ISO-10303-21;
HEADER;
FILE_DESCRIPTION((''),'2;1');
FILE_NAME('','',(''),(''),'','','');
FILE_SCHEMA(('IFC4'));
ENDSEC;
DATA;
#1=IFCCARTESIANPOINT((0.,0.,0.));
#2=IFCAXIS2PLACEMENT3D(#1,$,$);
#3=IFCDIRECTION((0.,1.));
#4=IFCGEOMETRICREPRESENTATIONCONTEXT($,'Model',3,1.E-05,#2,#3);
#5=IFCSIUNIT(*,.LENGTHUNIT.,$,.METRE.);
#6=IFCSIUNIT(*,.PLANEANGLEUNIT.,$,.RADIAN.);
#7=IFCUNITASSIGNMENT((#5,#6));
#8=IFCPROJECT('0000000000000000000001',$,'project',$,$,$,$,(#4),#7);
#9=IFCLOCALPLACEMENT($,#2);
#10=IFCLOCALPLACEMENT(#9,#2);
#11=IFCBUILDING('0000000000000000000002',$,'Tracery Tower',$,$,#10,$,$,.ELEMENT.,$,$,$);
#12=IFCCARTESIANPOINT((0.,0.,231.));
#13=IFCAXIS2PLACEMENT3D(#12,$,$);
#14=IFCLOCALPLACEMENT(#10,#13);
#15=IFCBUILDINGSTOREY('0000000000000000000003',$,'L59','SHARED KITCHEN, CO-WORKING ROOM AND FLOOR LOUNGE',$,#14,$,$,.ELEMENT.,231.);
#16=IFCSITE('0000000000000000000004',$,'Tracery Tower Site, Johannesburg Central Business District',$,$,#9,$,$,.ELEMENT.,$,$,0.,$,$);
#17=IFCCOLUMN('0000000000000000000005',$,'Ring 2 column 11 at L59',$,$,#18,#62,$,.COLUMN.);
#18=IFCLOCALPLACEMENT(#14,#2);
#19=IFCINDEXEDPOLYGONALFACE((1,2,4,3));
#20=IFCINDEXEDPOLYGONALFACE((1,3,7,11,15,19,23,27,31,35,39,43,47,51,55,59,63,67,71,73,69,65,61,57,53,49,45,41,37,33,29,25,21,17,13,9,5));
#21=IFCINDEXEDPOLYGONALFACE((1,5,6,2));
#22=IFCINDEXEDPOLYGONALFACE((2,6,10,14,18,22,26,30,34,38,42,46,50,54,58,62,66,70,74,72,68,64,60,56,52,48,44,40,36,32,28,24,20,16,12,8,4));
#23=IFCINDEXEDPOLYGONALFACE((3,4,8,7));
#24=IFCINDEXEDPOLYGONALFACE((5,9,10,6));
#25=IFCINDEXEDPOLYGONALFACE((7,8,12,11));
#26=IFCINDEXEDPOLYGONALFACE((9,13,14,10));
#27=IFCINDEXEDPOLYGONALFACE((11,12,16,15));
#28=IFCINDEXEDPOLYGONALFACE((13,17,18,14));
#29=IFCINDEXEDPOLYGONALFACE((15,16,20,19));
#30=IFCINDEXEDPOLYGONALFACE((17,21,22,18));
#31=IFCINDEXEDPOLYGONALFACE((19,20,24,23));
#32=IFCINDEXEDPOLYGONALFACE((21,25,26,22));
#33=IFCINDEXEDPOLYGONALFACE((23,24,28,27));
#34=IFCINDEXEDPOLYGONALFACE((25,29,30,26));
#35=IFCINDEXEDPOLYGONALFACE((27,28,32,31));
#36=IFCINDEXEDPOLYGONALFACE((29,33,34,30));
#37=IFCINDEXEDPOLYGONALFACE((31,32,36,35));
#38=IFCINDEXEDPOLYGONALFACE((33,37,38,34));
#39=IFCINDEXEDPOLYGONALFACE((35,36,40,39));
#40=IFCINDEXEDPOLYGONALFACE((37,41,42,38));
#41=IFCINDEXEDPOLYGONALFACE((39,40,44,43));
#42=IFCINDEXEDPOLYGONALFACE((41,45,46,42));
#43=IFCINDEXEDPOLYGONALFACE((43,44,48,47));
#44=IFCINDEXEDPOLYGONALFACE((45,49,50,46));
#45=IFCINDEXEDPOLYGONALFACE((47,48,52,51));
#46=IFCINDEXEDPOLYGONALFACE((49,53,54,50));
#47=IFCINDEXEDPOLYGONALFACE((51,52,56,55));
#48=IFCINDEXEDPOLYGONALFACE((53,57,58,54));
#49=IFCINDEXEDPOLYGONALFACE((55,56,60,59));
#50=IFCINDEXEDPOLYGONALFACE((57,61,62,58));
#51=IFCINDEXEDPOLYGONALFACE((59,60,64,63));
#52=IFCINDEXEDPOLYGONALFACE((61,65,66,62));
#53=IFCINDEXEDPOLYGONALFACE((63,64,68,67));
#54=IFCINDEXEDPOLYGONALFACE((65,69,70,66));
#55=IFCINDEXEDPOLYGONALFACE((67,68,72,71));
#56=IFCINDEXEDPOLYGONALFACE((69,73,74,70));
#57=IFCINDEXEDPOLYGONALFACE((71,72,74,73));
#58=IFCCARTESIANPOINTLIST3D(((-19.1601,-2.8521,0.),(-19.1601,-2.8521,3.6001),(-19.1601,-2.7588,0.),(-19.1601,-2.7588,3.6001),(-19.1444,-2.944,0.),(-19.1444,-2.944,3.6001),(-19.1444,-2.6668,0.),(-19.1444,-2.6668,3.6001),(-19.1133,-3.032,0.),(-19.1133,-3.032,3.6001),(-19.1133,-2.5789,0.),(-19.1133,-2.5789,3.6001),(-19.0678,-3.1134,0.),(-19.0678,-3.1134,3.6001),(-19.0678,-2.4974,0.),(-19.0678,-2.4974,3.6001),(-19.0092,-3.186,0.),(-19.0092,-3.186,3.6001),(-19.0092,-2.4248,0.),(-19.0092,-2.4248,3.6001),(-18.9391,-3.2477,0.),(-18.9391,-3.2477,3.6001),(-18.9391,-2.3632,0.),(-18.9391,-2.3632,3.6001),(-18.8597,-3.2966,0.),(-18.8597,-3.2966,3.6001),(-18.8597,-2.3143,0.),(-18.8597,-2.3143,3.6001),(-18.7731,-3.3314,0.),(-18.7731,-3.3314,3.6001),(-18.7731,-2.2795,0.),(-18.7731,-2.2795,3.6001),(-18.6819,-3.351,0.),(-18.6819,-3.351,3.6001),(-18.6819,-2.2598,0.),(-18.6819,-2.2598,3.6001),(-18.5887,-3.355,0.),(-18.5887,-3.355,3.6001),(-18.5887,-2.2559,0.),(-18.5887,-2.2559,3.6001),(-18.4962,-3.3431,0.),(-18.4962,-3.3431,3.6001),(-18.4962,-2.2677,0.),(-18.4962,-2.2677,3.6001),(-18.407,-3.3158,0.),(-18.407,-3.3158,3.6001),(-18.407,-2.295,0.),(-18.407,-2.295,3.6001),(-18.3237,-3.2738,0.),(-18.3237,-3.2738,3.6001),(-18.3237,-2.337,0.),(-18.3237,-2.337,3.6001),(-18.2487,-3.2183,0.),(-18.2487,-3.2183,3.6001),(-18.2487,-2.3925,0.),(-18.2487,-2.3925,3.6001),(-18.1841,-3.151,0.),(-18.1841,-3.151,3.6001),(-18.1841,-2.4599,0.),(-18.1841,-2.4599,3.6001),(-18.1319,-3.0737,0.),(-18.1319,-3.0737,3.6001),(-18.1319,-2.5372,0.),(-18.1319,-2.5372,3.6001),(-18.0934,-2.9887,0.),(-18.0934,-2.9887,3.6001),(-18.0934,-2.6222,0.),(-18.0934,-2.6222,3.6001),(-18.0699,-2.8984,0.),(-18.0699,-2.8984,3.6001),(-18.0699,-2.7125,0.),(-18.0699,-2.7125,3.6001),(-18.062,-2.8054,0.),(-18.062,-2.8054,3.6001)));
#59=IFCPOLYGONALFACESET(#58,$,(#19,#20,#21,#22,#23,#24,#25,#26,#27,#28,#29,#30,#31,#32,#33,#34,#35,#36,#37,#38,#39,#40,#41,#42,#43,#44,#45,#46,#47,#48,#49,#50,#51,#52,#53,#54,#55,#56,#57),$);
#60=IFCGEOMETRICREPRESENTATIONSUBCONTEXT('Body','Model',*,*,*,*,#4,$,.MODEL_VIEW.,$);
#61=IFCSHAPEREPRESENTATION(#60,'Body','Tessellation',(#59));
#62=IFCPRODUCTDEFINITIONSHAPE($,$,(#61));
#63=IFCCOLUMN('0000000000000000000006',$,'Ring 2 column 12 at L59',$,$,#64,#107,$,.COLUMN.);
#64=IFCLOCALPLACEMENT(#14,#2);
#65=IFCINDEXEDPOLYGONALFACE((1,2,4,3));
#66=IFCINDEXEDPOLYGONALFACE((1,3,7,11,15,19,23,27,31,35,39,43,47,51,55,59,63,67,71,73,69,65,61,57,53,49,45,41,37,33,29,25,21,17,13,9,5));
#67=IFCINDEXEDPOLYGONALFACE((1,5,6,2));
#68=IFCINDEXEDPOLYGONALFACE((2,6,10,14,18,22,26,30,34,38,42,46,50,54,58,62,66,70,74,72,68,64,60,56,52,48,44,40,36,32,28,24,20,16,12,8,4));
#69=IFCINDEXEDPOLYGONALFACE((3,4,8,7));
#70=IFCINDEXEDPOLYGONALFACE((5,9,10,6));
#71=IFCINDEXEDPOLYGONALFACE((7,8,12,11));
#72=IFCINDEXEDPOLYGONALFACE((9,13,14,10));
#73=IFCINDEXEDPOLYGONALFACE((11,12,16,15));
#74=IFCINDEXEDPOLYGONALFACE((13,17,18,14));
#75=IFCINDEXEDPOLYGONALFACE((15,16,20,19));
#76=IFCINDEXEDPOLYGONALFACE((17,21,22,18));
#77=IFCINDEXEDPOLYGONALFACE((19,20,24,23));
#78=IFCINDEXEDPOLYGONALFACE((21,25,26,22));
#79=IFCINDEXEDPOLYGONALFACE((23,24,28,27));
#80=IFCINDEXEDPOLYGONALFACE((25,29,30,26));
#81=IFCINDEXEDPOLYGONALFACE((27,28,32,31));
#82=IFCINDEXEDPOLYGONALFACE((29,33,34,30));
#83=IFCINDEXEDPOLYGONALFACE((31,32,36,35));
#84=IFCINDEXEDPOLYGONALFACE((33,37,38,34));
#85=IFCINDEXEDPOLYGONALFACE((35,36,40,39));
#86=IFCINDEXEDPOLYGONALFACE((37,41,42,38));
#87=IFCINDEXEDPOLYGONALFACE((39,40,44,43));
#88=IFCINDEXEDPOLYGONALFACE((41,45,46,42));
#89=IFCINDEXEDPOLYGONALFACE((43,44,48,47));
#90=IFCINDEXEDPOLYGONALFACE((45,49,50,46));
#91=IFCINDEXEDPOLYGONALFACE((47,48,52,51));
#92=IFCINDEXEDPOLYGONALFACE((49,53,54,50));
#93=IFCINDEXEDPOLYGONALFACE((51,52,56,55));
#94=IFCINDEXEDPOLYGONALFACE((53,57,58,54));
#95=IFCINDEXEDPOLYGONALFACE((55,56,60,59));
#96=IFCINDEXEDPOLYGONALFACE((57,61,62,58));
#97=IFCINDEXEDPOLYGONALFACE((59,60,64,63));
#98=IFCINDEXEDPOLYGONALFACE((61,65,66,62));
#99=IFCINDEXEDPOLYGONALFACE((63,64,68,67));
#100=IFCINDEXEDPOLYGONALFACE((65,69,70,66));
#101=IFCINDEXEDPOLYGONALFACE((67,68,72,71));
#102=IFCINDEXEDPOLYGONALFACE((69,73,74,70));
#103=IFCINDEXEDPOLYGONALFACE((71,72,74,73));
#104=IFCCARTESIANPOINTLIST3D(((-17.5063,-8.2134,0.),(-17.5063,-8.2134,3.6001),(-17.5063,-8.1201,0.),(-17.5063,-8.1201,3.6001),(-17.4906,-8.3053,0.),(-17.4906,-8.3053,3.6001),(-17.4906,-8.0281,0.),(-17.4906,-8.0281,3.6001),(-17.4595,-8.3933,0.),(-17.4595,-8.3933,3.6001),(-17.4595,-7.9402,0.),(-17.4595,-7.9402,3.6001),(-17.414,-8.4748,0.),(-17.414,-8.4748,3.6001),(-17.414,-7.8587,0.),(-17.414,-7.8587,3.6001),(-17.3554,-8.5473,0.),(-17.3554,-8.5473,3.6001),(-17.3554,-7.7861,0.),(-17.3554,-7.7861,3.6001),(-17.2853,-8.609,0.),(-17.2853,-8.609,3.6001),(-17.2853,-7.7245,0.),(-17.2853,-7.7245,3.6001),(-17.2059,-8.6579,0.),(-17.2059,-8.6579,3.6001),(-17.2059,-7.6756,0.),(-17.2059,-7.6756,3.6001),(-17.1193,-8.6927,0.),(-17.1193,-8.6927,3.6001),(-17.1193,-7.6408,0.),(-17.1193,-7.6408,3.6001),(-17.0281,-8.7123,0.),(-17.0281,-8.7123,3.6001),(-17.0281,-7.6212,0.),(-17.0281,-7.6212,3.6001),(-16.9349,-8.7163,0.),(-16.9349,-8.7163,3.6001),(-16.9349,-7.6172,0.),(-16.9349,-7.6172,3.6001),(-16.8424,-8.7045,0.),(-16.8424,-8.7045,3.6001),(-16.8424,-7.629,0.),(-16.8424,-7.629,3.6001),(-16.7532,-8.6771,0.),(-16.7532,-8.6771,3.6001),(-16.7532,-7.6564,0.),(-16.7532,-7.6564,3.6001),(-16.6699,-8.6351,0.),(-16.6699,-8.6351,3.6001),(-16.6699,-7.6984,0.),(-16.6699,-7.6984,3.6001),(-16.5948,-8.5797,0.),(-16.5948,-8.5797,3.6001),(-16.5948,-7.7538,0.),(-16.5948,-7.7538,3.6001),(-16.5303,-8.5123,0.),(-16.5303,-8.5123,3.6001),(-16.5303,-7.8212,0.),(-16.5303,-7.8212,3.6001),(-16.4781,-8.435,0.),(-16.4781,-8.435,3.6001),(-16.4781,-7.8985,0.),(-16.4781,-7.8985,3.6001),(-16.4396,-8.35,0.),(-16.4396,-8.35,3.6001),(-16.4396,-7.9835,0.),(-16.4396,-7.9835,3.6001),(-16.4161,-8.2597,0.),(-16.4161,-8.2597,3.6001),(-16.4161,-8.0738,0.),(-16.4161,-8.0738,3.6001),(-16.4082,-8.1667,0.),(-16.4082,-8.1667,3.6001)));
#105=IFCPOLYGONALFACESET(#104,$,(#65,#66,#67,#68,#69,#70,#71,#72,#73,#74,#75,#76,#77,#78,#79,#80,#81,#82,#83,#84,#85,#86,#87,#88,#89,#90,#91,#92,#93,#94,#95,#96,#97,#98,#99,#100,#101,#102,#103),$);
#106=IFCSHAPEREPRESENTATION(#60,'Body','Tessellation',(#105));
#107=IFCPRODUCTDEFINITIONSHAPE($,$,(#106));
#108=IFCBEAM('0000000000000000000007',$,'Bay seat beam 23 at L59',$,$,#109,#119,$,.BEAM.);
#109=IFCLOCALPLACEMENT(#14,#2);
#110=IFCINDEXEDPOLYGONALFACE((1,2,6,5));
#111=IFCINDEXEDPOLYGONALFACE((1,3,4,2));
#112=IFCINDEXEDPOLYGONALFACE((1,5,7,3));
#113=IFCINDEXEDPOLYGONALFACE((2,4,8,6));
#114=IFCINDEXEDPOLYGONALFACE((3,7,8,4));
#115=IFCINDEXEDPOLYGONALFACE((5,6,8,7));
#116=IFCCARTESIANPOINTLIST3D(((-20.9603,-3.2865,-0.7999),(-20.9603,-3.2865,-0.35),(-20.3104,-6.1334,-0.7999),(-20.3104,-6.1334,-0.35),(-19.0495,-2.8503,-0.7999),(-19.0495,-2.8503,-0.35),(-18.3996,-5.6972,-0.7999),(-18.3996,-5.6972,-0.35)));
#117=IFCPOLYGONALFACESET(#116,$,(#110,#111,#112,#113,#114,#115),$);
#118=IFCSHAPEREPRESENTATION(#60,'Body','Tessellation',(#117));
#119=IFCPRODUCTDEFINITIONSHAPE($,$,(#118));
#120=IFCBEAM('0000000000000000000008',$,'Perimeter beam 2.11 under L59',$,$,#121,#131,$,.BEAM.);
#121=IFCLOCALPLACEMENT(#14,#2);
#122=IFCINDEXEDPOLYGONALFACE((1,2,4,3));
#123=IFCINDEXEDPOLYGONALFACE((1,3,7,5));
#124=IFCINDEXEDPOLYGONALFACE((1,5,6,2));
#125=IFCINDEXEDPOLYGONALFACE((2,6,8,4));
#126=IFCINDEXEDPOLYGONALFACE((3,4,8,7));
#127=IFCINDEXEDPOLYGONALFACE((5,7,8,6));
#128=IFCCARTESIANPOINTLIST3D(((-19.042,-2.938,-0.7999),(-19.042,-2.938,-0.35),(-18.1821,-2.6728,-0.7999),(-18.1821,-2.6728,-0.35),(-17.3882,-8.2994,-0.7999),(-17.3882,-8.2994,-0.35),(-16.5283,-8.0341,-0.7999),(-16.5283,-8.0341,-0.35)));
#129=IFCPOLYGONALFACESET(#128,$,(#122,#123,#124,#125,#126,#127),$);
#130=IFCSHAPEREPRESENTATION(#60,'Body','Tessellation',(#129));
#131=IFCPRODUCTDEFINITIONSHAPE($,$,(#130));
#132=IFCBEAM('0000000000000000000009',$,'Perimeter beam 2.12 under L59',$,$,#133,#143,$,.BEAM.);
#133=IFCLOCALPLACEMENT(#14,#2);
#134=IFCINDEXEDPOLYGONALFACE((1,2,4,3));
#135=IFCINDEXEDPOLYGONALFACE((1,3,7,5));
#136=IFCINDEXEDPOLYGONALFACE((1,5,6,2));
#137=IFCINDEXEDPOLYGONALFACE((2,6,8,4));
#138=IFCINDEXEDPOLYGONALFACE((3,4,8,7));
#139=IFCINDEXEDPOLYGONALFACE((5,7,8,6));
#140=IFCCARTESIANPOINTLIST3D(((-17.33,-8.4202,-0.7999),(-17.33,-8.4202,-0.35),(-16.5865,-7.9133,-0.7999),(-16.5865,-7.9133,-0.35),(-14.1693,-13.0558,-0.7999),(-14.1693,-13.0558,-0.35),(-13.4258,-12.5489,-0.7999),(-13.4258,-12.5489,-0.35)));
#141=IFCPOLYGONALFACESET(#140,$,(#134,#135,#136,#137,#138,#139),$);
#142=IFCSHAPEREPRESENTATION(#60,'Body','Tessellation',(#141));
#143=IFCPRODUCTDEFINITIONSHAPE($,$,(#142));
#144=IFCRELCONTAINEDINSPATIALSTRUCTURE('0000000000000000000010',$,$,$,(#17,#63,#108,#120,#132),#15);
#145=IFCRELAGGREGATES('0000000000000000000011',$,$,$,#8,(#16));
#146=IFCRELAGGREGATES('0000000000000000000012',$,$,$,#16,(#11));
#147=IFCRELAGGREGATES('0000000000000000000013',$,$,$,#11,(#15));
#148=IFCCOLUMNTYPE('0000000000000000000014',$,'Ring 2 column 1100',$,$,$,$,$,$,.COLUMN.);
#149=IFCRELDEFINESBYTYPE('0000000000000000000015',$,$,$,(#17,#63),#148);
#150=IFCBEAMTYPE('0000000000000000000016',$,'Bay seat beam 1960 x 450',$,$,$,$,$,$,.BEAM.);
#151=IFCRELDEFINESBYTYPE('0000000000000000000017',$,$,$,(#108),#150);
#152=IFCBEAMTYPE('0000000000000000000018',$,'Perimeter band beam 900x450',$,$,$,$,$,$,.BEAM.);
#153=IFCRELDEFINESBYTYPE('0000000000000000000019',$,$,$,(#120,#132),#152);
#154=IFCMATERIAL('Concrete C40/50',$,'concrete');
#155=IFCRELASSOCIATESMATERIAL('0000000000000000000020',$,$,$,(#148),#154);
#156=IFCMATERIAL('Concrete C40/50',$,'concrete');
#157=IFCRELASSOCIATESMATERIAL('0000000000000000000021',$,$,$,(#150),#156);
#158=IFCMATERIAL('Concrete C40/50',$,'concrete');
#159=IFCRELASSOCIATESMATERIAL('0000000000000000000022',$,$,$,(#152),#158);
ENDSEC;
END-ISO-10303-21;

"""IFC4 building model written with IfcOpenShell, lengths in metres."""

from ifc_helpers import new_model, si_unit, direction, frame, origin, origin_2d, place, context, subcontext, project, spatial, rectangle, circle, extrude, material, material_profile, profile_set, type_object, element, save


model = new_model("IFC4")

# Units and contexts
model_context = context("Model", 3, precision=1e-05, world=origin(), true_north=direction((0.0, 1.0)))
body_context = subcontext(model_context, "Body", "Model", "MODEL_VIEW")
ifc_project = project(units=[si_unit("LENGTHUNIT", "METRE"), si_unit("PLANEANGLEUNIT", "RADIAN")], contexts=[model_context])

# Site, building, storey
site_placement = place(None, origin())
site = spatial("IfcSite", under=ifc_project, at=site_placement, Name="Tracery Tower Site, Johannesburg Central Business District", CompositionType="ELEMENT", RefElevation=0.0)
building_placement = place(site_placement, origin())
building = spatial("IfcBuilding", under=site, at=building_placement, Name="Tracery Tower", CompositionType="ELEMENT")
storey_placement = place(building_placement, frame((0.0, 0.0, 231.0)))
storey = spatial("IfcBuildingStorey", under=building, at=storey_placement, Name="L59", Description="SHARED KITCHEN, CO-WORKING ROOM AND FLOOR LOUNGE", CompositionType="ELEMENT", Elevation=231.0)

# Columns
ifc_material_1 = material(Name="Concrete C40/50", Category="concrete")
ifc_material_profile_1 = material_profile(ifc_material_1, circle(Radius=0.55, at=origin_2d()), Name="RC D1100")
ifc_profile_set_1 = profile_set([ifc_material_profile_1], Name="Concrete C40/50")
column_type = type_object("IfcColumnType", Name="Ring 2 column 1100", PredefinedType="COLUMN", material=ifc_profile_set_1)
for number, where, z_axis, x_axis, name in (
    (1, (-18.6121, -2.8054, 0.0), (0.0, 0.0, 1.0), (1.0, 0.0, 0.0), "Ring 2 column 11 at L59"),
    (2, (-16.9583, -8.1667, 0.0), (0.0, 0.0, 1.0), (1.0, 0.0, 0.0), "Ring 2 column 12 at L59"),
):
    element("IfcColumn", number, at=place(storey_placement, frame(where, z_axis=z_axis, x_axis=x_axis)), inside=storey, type_object=column_type, Name=name, PredefinedType="COLUMN", context=body_context, shape_type="SweptSolid", body=[
        extrude(circle(Radius=0.55, at=origin_2d()), origin(), (0.0, 0.0, 1.0), 3.6001),
    ])

# Beams
ifc_material_2 = material(Name="Concrete C40/50", Category="concrete")
ifc_material_profile_2 = material_profile(ifc_material_2, rectangle(XDim=1.96, YDim=0.45, at=origin_2d()), Name="RC 1960x450")
ifc_profile_set_2 = profile_set([ifc_material_profile_2], Name="Concrete C40/50")
beam_type_1 = type_object("IfcBeamType", Name="Bay seat beam 1960 x 450", PredefinedType="BEAM", material=ifc_profile_set_2)
beam_placement = place(storey_placement, frame((-20.0049, -3.0684, -0.575), z_axis=(0.222557, -0.97492, 0.0), x_axis=(0.97492, 0.222557, 0.0)))
element("IfcBeam", 3, at=beam_placement, inside=storey, type_object=beam_type_1, Name="Bay seat beam 23 at L59", PredefinedType="BEAM", context=body_context, shape_type="SweptSolid", body=[
    extrude(rectangle(XDim=1.96, YDim=0.45, at=origin_2d()), origin(), (0.0, 0.0, 1.0), 2.9202),
])
ifc_material_3 = material(Name="Concrete C40/50", Category="concrete")
ifc_material_profile_3 = material_profile(ifc_material_3, rectangle(XDim=0.8999, YDim=0.45, at=origin_2d()), Name="RC 900x450")
ifc_profile_set_3 = profile_set([ifc_material_profile_3], Name="Concrete C40/50")
beam_type_2 = type_object("IfcBeamType", Name="Perimeter band beam 900x450", PredefinedType="BEAM", material=ifc_profile_set_3)
for number, where, z_axis, x_axis, name in (
    (4, (-18.6121, -2.8054, -0.575), (0.294765, -0.95557, 0.0), (0.95557, 0.294765, 0.0), "Perimeter beam 2.11 under L59"),
    (5, (-16.9583, -8.1667, -0.575), (0.563346, -0.826221, 0.0), (0.826221, 0.563346, 0.0), "Perimeter beam 2.12 under L59"),
):
    element("IfcBeam", number, at=place(storey_placement, frame(where, z_axis=z_axis, x_axis=x_axis)), inside=storey, type_object=beam_type_2, Name=name, PredefinedType="BEAM", context=body_context, shape_type="SweptSolid", body=[
        extrude(rectangle(XDim=0.8999, YDim=0.45, at=origin_2d()), origin(), (0.0, 0.0, 1.0), 5.6106),
    ])

save(model, "model.ifc")
